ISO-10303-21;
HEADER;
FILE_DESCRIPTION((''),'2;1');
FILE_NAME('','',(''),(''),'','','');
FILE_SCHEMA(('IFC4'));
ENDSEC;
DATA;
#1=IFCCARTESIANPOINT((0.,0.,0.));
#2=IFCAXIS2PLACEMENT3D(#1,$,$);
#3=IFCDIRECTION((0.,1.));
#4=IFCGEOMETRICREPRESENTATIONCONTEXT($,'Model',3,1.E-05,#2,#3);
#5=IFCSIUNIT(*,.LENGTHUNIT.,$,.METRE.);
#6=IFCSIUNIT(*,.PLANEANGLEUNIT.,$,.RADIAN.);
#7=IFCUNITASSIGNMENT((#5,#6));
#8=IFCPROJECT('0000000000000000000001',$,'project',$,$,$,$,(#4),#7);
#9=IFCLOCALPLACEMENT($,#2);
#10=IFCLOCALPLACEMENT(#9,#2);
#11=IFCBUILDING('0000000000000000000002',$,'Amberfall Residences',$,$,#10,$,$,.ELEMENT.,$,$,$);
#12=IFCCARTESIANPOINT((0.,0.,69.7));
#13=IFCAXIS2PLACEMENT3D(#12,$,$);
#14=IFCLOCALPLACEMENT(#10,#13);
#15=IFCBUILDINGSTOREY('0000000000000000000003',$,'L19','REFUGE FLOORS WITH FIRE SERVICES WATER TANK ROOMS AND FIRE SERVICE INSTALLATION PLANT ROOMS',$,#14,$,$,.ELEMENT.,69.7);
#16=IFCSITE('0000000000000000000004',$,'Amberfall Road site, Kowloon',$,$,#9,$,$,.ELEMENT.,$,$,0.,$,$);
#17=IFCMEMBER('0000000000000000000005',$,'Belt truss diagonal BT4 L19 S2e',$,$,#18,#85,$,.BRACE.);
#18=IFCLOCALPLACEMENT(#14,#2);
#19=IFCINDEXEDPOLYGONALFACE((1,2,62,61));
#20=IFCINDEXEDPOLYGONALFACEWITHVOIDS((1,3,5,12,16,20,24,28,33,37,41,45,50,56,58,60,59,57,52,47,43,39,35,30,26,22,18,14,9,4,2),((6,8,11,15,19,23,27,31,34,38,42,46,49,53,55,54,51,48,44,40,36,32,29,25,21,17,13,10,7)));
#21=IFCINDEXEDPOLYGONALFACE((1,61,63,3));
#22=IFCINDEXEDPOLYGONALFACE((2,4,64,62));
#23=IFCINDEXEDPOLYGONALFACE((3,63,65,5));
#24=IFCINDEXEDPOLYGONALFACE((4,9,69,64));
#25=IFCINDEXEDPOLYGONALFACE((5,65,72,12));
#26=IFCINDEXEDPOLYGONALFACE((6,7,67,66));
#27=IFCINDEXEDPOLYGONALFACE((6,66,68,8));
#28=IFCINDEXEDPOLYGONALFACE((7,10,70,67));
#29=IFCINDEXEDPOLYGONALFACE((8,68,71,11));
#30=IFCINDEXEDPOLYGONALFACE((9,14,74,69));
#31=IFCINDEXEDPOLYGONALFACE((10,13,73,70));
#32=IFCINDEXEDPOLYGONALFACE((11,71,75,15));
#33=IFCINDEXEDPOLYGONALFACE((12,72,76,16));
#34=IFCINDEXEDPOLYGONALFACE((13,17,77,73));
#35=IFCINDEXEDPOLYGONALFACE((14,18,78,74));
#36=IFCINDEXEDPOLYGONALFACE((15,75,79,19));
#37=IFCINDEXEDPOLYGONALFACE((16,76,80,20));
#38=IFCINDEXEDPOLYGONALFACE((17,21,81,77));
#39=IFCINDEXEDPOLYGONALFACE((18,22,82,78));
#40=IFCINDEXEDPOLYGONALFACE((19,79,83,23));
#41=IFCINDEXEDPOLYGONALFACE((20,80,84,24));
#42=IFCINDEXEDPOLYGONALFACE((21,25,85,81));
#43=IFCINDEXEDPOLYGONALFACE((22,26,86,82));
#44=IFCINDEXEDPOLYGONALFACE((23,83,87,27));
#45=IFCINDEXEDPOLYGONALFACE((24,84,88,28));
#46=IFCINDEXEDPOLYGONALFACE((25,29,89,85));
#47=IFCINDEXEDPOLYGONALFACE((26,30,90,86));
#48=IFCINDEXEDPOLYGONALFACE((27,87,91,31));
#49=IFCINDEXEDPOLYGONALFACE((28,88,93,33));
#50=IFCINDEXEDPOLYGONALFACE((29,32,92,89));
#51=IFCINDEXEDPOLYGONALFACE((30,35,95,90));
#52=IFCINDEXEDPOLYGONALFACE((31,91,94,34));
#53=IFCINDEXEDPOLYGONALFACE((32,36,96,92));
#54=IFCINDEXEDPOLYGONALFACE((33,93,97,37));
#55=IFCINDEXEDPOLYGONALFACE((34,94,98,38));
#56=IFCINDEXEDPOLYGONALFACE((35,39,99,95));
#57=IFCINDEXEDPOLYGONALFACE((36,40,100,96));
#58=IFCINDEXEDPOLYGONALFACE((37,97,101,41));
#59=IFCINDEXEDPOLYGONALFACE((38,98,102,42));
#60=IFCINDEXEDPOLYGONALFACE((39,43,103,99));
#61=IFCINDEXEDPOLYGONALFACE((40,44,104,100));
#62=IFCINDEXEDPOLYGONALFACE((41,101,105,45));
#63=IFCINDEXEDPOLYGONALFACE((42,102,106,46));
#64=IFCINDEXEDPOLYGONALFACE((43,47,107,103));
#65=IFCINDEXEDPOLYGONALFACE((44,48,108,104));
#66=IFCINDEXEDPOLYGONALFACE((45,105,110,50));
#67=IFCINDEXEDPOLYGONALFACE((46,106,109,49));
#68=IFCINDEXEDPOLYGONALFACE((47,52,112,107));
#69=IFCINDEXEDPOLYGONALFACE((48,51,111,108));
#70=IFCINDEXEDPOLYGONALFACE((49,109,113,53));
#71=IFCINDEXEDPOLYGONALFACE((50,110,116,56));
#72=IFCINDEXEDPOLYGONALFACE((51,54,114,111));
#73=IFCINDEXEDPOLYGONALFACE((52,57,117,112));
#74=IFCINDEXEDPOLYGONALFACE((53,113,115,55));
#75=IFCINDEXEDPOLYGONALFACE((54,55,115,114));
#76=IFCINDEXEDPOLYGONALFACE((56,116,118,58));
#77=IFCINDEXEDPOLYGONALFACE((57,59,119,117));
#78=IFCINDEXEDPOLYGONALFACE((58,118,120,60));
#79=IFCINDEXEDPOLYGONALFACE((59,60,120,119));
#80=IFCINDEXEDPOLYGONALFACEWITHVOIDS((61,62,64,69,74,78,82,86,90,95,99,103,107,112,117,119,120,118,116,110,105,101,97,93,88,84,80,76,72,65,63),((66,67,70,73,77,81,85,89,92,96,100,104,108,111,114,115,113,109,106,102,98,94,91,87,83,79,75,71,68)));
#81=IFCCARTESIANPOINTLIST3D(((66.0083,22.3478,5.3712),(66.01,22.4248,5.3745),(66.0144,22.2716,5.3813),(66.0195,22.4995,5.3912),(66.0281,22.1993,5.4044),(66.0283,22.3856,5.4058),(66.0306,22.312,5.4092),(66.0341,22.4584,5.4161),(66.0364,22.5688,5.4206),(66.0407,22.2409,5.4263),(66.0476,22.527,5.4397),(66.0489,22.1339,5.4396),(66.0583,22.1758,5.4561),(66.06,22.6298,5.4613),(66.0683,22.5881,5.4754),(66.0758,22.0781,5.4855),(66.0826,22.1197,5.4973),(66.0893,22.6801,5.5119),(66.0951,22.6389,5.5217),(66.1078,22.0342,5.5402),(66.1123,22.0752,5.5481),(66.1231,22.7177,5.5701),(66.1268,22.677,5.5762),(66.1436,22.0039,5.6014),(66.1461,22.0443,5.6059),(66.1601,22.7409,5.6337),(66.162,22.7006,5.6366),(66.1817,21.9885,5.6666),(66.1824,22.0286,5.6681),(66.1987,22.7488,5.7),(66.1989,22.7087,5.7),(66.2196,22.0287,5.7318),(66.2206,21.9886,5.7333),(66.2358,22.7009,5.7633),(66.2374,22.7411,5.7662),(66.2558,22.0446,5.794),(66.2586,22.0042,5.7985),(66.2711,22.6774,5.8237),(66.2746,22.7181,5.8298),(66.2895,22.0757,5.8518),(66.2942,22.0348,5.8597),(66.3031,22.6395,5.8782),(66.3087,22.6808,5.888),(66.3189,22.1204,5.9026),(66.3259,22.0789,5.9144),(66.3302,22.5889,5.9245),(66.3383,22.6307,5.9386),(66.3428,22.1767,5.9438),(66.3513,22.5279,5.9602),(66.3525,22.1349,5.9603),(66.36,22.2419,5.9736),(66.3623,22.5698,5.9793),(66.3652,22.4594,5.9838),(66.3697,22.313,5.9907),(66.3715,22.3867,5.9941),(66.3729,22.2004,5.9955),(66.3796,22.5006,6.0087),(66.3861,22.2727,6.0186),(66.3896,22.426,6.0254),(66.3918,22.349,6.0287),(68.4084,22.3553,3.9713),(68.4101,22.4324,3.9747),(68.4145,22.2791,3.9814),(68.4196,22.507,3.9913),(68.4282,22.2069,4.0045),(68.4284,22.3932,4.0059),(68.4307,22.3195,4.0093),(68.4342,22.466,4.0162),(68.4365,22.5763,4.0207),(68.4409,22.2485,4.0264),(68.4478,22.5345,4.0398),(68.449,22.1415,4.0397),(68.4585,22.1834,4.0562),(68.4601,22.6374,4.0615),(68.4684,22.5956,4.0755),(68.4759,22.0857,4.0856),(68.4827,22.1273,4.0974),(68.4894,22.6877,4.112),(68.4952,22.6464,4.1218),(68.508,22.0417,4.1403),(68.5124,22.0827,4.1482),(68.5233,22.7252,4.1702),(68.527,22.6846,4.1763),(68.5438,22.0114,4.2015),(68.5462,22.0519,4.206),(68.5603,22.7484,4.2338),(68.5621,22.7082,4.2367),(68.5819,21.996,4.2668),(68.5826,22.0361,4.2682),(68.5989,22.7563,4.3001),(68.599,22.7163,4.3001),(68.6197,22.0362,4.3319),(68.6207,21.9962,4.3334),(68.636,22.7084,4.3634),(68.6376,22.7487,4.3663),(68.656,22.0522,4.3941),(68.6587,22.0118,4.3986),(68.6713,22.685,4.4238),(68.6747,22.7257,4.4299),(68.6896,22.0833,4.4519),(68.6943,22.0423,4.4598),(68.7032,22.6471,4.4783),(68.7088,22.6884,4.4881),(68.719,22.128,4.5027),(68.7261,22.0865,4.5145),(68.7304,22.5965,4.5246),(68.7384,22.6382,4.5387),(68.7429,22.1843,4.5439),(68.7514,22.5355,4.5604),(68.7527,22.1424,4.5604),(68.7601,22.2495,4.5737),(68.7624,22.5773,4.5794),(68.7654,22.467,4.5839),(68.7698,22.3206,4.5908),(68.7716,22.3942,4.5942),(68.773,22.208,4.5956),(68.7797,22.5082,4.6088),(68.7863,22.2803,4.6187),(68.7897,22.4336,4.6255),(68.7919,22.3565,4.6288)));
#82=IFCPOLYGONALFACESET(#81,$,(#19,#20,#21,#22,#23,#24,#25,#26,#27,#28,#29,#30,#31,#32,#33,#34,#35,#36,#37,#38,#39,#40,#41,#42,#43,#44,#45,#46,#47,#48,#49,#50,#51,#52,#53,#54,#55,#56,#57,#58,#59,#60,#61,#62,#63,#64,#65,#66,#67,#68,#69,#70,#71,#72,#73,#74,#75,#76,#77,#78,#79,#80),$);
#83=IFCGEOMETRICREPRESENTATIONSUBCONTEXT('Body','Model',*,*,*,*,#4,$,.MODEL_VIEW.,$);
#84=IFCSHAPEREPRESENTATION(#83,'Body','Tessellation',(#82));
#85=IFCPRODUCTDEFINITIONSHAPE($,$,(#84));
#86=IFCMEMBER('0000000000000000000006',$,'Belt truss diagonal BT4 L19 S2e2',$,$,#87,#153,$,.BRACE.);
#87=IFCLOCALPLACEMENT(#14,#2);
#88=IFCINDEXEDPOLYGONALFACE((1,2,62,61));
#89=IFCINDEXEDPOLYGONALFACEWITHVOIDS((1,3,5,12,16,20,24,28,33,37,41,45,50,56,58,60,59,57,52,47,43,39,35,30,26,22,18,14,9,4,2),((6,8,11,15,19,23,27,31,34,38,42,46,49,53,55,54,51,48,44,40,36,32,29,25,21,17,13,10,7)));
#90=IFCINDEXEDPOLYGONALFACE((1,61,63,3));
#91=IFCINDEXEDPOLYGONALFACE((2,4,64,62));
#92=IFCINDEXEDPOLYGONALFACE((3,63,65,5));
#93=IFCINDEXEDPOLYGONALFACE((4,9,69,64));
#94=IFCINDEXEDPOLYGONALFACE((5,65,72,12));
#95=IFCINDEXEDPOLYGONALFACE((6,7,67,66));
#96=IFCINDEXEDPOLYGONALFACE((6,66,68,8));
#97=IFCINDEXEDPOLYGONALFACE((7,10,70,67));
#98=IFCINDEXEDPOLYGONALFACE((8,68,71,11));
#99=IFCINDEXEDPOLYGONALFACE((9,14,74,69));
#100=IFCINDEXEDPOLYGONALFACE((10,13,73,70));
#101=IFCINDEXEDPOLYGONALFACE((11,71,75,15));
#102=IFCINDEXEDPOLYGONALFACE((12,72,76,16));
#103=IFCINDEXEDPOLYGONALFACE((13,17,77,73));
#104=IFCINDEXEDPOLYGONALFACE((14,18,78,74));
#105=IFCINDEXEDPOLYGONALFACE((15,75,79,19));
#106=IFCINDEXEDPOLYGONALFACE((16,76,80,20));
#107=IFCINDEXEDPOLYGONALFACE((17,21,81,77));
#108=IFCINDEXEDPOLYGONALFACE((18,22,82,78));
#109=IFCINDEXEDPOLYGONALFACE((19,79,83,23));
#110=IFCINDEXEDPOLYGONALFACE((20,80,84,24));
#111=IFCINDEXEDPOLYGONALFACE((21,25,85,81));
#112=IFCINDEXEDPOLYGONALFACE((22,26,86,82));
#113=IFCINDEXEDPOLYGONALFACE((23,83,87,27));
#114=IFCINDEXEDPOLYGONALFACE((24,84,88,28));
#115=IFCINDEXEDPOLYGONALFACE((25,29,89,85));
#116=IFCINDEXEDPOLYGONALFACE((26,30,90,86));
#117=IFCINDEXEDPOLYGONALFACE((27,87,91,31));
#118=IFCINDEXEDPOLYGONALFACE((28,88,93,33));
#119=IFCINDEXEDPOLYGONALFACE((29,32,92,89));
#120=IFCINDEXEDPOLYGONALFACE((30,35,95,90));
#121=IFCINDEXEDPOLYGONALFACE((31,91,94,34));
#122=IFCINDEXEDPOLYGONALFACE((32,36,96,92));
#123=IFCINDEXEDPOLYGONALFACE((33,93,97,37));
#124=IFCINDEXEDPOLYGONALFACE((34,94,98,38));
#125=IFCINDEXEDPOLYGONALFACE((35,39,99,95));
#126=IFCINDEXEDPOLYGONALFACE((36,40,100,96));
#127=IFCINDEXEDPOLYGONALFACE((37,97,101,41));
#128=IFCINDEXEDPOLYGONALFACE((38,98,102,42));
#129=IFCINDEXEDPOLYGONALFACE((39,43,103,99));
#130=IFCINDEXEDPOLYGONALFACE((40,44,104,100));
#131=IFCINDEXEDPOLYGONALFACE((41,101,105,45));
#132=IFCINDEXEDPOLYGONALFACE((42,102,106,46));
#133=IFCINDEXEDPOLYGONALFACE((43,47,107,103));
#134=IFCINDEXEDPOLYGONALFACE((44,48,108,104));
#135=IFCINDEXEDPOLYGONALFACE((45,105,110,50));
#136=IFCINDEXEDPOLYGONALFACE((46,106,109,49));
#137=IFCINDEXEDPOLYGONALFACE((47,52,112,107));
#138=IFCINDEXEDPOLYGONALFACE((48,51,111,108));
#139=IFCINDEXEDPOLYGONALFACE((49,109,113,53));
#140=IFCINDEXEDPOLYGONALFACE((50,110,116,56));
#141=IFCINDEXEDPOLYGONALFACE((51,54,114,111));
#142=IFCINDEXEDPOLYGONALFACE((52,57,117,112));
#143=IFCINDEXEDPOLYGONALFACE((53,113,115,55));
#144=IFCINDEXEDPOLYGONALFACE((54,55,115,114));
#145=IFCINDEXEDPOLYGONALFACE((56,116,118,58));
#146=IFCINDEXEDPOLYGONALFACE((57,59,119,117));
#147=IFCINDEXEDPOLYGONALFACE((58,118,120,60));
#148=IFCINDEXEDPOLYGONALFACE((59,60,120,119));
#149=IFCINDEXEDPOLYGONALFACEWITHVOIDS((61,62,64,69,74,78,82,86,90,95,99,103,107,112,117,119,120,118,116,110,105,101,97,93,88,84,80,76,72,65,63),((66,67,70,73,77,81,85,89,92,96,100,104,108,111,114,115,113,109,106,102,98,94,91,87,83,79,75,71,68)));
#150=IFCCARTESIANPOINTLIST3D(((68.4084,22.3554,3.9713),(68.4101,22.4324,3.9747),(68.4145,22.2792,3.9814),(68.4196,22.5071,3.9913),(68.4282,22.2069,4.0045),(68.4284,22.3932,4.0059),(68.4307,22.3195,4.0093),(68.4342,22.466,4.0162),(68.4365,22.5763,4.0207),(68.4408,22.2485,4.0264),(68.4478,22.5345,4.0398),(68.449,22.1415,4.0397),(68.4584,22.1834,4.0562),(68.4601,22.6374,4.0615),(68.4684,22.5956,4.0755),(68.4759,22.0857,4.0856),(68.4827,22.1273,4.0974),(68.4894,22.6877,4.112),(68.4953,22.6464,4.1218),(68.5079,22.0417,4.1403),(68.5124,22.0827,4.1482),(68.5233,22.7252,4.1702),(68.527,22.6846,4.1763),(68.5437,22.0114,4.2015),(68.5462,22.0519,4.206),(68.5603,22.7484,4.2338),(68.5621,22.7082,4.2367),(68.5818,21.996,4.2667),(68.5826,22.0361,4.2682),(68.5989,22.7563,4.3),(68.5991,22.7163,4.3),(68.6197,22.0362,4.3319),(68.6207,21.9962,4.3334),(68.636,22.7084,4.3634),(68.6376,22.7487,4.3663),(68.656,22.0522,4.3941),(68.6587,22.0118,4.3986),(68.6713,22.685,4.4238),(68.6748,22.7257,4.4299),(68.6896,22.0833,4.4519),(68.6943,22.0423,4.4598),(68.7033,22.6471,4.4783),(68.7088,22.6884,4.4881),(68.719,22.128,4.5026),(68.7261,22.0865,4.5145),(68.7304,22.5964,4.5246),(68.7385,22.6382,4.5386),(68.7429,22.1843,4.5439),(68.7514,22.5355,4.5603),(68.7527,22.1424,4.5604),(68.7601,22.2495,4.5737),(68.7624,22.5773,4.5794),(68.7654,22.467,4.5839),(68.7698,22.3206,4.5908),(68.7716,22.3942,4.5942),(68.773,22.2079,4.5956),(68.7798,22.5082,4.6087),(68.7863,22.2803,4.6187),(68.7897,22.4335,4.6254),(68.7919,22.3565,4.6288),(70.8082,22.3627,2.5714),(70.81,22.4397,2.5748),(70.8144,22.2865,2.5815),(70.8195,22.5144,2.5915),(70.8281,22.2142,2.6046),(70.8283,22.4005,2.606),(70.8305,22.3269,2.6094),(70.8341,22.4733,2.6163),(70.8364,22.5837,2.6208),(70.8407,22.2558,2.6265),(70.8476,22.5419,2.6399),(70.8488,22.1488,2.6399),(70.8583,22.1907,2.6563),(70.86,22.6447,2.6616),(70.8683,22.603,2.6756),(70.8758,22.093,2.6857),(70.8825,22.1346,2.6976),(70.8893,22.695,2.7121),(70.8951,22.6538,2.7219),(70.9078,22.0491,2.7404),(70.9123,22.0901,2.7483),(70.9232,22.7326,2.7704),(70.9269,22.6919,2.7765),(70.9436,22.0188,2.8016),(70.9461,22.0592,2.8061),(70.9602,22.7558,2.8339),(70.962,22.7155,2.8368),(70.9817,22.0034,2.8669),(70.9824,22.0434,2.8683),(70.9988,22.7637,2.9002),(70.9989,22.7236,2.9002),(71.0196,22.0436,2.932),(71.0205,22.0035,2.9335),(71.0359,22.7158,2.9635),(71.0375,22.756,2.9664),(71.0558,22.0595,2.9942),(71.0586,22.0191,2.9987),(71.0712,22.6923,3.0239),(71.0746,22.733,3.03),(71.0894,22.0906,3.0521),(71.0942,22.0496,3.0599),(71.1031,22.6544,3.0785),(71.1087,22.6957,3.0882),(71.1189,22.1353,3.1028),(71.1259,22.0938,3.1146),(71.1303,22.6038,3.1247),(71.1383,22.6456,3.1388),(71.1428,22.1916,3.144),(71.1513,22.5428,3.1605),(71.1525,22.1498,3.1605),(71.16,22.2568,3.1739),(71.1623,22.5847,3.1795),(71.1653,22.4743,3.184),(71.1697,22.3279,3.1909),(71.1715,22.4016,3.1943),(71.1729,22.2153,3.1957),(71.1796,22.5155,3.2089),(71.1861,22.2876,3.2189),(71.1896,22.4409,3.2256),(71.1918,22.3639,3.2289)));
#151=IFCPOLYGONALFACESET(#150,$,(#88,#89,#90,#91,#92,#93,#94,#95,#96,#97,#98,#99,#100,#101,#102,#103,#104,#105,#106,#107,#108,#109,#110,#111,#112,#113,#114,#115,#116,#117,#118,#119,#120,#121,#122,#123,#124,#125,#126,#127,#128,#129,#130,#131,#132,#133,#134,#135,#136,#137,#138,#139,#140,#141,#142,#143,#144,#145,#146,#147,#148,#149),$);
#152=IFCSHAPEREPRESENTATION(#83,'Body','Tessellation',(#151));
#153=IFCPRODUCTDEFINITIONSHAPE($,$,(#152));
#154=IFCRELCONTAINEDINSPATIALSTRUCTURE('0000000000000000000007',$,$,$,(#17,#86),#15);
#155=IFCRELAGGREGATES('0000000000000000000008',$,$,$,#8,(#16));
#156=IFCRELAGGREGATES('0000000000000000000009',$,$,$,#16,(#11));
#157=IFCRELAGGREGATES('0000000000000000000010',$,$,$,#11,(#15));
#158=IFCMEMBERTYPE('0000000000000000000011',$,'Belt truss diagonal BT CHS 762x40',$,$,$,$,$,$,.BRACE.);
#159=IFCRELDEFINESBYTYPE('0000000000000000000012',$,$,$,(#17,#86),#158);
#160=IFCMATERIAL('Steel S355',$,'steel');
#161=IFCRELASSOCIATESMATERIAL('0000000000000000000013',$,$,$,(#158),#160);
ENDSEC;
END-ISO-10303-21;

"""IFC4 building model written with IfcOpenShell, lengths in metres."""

from ifc_helpers import new_model, si_unit, direction, frame, origin, origin_2d, place, context, subcontext, project, spatial, hollow_circle, extrude, material, material_profile, profile_set, type_object, element, save


model = new_model("IFC4")

# Units and contexts
model_context = context("Model", 3, precision=1e-05, world=origin(), true_north=direction((0.0, 1.0)))
body_context = subcontext(model_context, "Body", "Model", "MODEL_VIEW")
ifc_project = project(units=[si_unit("LENGTHUNIT", "METRE"), si_unit("PLANEANGLEUNIT", "RADIAN")], contexts=[model_context])

# Site, building, storey
site_placement = place(None, origin())
site = spatial("IfcSite", under=ifc_project, at=site_placement, Name="Amberfall Road site, Kowloon", CompositionType="ELEMENT", RefElevation=0.0)
building_placement = place(site_placement, origin())
building = spatial("IfcBuilding", under=site, at=building_placement, Name="Amberfall Residences", CompositionType="ELEMENT")
storey_placement = place(building_placement, frame((0.0, 0.0, 69.7)))
storey = spatial("IfcBuildingStorey", under=building, at=storey_placement, Name="L19", Description="REFUGE FLOORS WITH FIRE SERVICES WATER TANK ROOMS AND FIRE SERVICE INSTALLATION PLANT ROOMS", CompositionType="ELEMENT", Elevation=69.7)

# Shared definitions
ifc_material_1 = material(Name="Steel S355", Category="steel")

# Members
ifc_material_profile_1 = material_profile(ifc_material_1, hollow_circle(Radius=0.3811, WallThickness=0.04, at=origin_2d()), Name="CHS 762x40")
ifc_profile_set_1 = profile_set([ifc_material_profile_1], Name="Steel S355")
member_type = type_object("IfcMemberType", Name="Belt truss diagonal BT CHS 762x40", PredefinedType="BRACE", material=ifc_profile_set_1)
member_1_placement = place(storey_placement, frame((66.2, 22.3677, 5.7), z_axis=(0.863804, 0.002724, -0.50382), x_axis=(-0.003153, 0.999995, 0.0)))
element("IfcMember", 1, at=member_1_placement, inside=storey, type_object=member_type, Name="Belt truss diagonal BT4 L19 S2e", PredefinedType="BRACE", context=body_context, shape_type="SweptSolid", body=[
    extrude(hollow_circle(Radius=0.3811, WallThickness=0.04, at=origin_2d()), origin(), (0.0, 0.0, 1.0), 2.7786),
])
member_2_placement = place(storey_placement, frame((68.6001, 22.3752, 4.3), z_axis=(0.863782, 0.002636, -0.503858), x_axis=(-0.003052, 0.999995, 0.0)))
element("IfcMember", 2, at=member_2_placement, inside=storey, type_object=member_type, Name="Belt truss diagonal BT4 L19 S2e2", PredefinedType="BRACE", context=body_context, shape_type="SweptSolid", body=[
    extrude(hollow_circle(Radius=0.3811, WallThickness=0.04, at=origin_2d()), origin(), (0.0, 0.0, 1.0), 2.7783),
])

save(model, "model.ifc")
